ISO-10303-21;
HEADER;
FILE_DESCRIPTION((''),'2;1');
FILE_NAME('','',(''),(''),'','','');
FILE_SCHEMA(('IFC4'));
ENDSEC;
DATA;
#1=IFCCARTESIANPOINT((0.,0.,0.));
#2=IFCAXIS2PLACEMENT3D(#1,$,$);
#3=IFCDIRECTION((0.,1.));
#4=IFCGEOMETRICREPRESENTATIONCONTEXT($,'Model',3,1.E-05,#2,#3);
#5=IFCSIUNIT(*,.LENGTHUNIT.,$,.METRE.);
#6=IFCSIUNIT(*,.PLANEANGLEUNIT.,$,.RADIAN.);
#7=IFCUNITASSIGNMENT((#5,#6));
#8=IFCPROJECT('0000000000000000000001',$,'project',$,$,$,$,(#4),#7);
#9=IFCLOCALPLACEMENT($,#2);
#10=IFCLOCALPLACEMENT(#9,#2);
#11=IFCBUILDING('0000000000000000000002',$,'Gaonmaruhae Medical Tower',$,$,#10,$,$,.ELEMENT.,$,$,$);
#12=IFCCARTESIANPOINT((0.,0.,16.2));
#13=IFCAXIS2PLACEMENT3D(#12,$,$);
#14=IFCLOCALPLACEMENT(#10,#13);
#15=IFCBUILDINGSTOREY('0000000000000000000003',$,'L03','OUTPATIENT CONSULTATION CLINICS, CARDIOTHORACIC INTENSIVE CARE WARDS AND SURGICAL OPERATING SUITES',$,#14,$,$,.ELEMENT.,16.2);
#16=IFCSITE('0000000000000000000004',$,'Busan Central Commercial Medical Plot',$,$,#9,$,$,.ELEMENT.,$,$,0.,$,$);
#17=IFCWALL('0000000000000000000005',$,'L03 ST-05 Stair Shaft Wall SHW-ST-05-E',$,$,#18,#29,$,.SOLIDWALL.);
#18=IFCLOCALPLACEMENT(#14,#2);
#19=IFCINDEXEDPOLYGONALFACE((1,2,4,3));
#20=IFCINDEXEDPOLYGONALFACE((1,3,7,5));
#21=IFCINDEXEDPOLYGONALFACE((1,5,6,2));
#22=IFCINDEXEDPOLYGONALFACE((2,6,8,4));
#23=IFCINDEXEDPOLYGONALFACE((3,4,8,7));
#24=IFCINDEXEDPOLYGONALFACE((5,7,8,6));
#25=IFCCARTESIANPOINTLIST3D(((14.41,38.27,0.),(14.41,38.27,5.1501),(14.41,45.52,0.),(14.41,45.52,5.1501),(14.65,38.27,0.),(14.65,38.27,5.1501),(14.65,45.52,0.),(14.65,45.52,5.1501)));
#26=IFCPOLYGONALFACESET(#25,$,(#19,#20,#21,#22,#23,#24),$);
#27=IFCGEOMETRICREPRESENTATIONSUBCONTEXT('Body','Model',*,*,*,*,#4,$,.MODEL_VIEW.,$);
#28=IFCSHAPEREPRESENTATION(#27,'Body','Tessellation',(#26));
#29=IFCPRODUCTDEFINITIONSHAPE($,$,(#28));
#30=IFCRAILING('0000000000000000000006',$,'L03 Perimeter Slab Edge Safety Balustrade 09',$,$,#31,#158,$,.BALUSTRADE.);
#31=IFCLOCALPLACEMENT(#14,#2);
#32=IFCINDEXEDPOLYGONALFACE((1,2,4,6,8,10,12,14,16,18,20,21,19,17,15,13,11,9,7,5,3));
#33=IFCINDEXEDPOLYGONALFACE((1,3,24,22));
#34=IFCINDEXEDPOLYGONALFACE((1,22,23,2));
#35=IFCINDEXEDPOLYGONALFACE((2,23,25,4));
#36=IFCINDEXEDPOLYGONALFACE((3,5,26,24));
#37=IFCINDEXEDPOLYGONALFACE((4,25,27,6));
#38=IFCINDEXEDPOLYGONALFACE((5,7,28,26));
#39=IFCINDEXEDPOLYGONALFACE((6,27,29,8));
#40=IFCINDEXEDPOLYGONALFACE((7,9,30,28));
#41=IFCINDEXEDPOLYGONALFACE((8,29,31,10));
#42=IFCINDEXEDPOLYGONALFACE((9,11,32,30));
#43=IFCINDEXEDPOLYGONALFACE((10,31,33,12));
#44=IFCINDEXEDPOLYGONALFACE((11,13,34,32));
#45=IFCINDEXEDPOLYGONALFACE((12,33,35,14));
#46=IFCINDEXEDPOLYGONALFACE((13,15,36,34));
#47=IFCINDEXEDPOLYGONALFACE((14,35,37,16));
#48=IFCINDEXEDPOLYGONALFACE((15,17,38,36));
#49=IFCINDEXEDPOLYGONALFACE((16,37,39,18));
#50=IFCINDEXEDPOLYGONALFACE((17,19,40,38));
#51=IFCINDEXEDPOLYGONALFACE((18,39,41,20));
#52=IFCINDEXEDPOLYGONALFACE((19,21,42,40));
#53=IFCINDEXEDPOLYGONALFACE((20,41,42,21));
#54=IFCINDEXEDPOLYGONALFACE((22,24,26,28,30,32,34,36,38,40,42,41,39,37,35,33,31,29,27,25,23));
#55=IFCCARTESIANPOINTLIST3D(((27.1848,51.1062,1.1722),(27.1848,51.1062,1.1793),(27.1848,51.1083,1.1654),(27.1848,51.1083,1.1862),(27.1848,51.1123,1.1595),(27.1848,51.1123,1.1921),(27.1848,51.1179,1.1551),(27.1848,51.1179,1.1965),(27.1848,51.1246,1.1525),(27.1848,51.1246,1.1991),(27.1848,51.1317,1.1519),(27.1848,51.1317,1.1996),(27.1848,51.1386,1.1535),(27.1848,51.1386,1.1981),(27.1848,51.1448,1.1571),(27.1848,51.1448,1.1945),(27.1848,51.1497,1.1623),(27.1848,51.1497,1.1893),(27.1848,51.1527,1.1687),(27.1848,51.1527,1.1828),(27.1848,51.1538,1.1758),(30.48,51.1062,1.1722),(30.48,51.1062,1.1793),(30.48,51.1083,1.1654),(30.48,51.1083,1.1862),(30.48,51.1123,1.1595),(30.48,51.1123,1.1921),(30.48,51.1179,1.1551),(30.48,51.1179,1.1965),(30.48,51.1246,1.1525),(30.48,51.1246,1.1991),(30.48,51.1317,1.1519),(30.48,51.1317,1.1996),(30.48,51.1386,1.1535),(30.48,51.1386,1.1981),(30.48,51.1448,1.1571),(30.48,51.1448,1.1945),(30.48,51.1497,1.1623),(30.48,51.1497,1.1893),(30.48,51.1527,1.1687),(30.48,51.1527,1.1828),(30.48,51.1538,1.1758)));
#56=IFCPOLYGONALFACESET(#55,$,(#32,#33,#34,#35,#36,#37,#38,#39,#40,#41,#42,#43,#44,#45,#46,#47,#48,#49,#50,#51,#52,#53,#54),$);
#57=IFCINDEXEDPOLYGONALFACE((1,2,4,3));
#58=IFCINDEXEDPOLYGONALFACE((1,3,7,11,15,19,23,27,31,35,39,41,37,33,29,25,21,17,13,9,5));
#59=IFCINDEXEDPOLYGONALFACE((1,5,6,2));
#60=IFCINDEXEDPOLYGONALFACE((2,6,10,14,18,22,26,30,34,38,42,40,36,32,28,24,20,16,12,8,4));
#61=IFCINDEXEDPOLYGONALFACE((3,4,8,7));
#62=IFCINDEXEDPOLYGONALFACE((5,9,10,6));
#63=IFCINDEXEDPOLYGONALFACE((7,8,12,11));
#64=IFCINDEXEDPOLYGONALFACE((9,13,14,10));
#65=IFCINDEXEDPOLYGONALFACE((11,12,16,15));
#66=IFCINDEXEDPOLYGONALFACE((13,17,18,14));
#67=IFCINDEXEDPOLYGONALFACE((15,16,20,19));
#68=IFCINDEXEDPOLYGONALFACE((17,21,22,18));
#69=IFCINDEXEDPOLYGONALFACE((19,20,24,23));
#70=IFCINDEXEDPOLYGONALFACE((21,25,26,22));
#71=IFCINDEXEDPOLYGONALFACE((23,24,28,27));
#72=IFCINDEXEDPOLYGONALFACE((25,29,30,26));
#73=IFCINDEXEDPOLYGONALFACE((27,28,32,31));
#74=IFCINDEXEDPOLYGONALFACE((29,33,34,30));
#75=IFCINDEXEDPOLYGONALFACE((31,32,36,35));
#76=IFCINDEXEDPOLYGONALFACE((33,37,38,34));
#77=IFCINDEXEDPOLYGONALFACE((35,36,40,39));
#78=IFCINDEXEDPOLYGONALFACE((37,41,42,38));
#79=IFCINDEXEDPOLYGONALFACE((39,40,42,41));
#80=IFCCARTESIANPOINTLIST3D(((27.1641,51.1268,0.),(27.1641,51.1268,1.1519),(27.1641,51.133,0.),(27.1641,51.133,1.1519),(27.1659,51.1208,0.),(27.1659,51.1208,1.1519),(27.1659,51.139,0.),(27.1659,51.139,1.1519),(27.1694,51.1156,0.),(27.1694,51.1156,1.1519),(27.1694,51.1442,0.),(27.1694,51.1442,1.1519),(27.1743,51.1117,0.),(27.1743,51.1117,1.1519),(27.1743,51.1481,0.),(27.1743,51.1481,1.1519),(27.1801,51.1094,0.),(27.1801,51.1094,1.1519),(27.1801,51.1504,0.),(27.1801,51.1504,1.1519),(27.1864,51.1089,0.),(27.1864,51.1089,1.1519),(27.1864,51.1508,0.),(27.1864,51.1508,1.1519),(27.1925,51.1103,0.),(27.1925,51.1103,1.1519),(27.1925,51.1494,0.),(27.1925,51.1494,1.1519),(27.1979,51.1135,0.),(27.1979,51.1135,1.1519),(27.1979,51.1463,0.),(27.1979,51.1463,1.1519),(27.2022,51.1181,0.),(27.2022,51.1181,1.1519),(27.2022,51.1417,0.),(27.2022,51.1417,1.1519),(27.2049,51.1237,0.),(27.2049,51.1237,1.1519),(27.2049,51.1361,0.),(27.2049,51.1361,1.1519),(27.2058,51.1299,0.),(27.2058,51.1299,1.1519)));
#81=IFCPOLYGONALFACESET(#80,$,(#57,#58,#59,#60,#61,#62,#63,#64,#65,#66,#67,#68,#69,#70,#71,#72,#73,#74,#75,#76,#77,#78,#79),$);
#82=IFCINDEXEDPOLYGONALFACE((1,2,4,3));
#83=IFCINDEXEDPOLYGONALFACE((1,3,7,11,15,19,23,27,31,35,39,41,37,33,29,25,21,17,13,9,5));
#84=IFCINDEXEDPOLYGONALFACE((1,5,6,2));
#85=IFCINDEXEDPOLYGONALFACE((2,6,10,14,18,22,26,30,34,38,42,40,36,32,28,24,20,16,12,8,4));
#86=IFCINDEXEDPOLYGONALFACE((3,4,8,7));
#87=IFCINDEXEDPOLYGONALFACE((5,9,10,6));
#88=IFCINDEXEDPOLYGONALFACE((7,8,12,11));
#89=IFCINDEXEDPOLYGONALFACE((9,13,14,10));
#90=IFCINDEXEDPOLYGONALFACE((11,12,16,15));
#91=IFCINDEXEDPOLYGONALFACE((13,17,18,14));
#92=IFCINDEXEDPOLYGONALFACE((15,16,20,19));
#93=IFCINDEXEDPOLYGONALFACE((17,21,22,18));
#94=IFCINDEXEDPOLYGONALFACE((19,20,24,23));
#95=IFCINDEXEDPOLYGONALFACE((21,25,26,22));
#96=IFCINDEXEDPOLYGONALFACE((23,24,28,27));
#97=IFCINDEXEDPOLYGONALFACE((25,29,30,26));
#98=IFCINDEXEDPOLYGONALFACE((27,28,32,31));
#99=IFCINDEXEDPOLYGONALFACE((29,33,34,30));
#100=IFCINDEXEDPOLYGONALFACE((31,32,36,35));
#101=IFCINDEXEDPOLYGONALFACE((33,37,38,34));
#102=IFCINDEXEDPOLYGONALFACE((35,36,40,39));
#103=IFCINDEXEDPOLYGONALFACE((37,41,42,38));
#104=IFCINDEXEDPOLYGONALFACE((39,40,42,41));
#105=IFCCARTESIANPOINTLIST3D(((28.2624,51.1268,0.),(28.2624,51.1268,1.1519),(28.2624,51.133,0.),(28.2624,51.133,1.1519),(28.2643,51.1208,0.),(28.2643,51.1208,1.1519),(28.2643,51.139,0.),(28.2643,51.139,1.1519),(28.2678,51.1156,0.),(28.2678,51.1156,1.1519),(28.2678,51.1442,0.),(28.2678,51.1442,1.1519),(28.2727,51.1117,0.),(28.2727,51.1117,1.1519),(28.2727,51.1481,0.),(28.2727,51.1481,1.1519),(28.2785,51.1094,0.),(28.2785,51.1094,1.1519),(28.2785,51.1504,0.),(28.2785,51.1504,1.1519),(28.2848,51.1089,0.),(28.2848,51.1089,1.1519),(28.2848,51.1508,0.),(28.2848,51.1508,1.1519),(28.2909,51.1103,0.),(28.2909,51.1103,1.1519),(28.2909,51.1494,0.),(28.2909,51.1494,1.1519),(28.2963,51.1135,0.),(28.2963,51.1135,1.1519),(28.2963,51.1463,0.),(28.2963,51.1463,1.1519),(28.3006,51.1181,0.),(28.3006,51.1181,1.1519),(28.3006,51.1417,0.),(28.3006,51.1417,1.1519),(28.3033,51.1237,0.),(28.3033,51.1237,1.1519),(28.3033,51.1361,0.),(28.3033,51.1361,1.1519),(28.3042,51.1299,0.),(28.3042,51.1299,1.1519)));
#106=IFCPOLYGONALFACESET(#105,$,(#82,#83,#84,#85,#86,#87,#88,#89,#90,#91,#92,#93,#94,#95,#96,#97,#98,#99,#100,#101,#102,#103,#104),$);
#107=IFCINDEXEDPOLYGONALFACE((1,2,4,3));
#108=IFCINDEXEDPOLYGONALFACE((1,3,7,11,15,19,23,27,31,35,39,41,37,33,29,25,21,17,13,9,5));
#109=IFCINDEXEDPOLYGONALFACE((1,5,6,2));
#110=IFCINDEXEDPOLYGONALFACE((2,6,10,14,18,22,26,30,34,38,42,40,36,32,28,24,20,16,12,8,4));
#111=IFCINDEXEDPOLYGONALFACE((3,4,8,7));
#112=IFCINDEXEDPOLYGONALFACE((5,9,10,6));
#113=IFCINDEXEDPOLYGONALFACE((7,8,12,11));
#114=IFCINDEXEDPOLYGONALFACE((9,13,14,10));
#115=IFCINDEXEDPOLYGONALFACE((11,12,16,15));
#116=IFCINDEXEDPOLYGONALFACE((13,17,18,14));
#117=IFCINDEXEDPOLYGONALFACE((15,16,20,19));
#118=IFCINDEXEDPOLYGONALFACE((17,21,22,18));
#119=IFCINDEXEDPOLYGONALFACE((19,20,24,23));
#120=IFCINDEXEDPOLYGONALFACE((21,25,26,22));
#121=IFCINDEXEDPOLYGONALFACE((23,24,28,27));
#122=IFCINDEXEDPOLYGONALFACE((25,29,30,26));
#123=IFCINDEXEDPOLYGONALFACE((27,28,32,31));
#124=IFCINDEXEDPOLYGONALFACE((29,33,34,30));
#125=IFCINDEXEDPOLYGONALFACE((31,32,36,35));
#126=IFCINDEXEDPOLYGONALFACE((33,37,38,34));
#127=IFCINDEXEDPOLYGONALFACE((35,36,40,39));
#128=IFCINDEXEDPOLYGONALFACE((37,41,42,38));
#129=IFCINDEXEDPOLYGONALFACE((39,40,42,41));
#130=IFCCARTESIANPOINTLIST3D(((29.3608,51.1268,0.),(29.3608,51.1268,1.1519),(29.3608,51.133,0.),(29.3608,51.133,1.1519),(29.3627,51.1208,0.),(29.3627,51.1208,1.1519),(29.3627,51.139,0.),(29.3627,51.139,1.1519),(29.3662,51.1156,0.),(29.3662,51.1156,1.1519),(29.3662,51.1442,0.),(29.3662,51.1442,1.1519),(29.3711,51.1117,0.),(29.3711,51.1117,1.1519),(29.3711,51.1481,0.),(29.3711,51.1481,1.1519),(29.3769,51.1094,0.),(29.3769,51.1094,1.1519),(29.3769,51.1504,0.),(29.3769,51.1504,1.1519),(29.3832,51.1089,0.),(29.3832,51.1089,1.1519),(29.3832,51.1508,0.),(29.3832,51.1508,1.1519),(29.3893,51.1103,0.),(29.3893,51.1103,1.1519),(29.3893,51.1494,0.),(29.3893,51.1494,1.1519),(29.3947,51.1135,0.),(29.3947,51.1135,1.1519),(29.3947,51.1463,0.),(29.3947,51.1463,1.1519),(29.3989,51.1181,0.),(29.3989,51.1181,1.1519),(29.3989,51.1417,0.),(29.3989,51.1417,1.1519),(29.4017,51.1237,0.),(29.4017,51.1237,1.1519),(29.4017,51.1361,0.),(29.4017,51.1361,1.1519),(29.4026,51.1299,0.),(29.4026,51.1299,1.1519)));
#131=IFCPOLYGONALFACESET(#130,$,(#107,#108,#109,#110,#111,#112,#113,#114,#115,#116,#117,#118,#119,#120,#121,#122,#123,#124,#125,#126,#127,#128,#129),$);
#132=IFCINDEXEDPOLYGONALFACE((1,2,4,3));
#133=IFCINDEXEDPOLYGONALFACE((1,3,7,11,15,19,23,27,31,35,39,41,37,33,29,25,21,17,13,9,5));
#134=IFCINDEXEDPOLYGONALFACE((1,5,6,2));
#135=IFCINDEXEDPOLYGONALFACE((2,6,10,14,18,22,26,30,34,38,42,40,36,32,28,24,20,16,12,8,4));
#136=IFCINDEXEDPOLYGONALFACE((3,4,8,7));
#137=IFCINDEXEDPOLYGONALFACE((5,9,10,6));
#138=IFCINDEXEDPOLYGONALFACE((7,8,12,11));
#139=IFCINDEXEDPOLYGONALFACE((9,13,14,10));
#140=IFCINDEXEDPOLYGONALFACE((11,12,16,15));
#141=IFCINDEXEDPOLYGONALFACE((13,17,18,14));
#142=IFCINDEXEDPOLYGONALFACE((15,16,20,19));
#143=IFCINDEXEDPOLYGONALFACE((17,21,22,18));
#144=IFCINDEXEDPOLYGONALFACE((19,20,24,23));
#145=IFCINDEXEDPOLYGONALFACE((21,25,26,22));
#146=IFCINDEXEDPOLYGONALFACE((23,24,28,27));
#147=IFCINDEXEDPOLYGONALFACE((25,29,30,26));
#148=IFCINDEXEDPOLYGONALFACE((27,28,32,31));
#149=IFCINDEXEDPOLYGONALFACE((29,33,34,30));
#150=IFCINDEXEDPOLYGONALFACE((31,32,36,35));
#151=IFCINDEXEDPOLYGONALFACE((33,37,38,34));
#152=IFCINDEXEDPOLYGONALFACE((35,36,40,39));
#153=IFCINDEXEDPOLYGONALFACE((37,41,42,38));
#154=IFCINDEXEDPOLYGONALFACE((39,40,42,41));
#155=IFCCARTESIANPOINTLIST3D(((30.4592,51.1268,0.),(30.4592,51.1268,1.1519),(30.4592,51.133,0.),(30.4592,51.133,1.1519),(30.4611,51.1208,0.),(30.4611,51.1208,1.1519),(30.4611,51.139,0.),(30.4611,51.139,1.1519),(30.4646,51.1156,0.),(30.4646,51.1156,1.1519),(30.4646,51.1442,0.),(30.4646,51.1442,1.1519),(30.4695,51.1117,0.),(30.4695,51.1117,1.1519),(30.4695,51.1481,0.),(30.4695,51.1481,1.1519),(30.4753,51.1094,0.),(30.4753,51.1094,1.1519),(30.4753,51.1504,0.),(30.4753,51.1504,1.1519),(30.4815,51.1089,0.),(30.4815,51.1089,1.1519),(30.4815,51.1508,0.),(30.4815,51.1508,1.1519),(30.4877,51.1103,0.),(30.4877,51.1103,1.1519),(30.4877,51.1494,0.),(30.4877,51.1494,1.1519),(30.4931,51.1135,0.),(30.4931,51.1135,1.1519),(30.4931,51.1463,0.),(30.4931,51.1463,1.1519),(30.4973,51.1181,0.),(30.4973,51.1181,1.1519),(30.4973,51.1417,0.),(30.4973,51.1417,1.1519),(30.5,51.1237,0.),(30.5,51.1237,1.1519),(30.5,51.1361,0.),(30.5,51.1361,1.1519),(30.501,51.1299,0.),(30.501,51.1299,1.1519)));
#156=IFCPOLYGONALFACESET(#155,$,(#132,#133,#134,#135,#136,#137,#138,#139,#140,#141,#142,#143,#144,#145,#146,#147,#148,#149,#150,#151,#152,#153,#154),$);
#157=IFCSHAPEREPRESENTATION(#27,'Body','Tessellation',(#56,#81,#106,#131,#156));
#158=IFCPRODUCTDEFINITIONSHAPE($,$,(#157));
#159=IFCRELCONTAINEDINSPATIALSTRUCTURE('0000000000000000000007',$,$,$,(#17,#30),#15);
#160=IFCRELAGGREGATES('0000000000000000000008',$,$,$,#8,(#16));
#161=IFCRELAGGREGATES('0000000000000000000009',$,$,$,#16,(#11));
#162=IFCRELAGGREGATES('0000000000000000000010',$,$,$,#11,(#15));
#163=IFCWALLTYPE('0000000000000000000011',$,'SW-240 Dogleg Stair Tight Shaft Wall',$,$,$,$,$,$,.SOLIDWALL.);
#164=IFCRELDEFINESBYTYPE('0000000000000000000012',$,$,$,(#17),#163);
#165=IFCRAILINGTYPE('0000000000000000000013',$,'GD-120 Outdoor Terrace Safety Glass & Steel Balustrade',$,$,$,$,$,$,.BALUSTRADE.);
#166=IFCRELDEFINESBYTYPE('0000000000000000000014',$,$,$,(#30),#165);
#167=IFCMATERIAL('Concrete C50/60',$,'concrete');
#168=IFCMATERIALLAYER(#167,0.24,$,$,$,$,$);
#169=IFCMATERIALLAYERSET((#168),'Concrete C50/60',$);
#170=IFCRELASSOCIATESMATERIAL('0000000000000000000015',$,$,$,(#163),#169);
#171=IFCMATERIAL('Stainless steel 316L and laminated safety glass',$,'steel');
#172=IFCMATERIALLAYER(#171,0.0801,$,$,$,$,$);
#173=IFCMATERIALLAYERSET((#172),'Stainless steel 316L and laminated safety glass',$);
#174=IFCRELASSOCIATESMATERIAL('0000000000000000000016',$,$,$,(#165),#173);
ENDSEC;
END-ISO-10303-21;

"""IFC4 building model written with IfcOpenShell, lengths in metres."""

from ifc_helpers import new_model, si_unit, direction, frame, frame_2d, origin, origin_2d, place, context, subcontext, project, spatial, rectangle, circle, extrude, material, layer, layer_set, type_object, element, save


model = new_model("IFC4")

# Units and contexts
model_context = context("Model", 3, precision=1e-05, world=origin(), true_north=direction((0.0, 1.0)))
body_context = subcontext(model_context, "Body", "Model", "MODEL_VIEW")
ifc_project = project(units=[si_unit("LENGTHUNIT", "METRE"), si_unit("PLANEANGLEUNIT", "RADIAN")], contexts=[model_context])

# Site, building, storey
site_placement = place(None, origin())
site = spatial("IfcSite", under=ifc_project, at=site_placement, Name="Busan Central Commercial Medical Plot", CompositionType="ELEMENT", RefElevation=0.0)
building_placement = place(site_placement, origin())
building = spatial("IfcBuilding", under=site, at=building_placement, Name="Gaonmaruhae Medical Tower", CompositionType="ELEMENT")
storey_placement = place(building_placement, frame((0.0, 0.0, 16.2)))
storey = spatial("IfcBuildingStorey", under=building, at=storey_placement, Name="L03", Description="OUTPATIENT CONSULTATION CLINICS, CARDIOTHORACIC INTENSIVE CARE WARDS AND SURGICAL OPERATING SUITES", CompositionType="ELEMENT", Elevation=16.2)

# Shared definitions
ifc_material_1 = material(Name="Concrete C50/60", Category="concrete")

# Wall
ifc_layer_1 = layer(ifc_material_1, 0.24)
ifc_layer_set_1 = layer_set([ifc_layer_1], Name="Concrete C50/60")
wall_type_1 = type_object("IfcWallType", Name="SW-240 Dogleg Stair Tight Shaft Wall", PredefinedType="SOLIDWALL", material=ifc_layer_set_1)
wall_1_placement = place(storey_placement, frame((14.53, 45.52, 0.0), z_axis=(0.0, 0.0, 1.0), x_axis=(0.0, -1.0, 0.0)))
element("IfcWall", 1, at=wall_1_placement, inside=storey, type_object=wall_type_1, Name="L03 ST-05 Stair Shaft Wall SHW-ST-05-E", PredefinedType="SOLIDWALL", context=body_context, shape_type="SweptSolid", body=[
    extrude(rectangle(XDim=7.25, YDim=0.24, at=frame_2d((3.625, 0.0))), origin(), (0.0, 0.0, 1.0), 5.1501),
])

# Railing
ifc_material_2 = material(Name="Stainless steel 316L and laminated safety glass", Category="steel")
ifc_layer_2 = layer(ifc_material_2, 0.0801)
ifc_layer_set_2 = layer_set([ifc_layer_2], Name="Stainless steel 316L and laminated safety glass")
railing_type = type_object("IfcRailingType", Name="GD-120 Outdoor Terrace Safety Glass & Steel Balustrade", PredefinedType="BALUSTRADE", material=ifc_layer_set_2)
railing_1_placement = place(storey_placement, frame((27.1848, 51.1299, 0.0)))
element("IfcRailing", 2, at=railing_1_placement, inside=storey, type_object=railing_type, Name="L03 Perimeter Slab Edge Safety Balustrade 09", PredefinedType="BALUSTRADE", context=body_context, shape_type="SweptSolid", body=[
    extrude(circle(Radius=0.0239, at=origin_2d()), frame((0.0, 0.0, 1.1758), z_axis=(1.0, 0.0, 0.0), x_axis=(0.0, 1.0, 0.0)), (0.0, 0.0, 1.0), 3.2952),
    extrude(circle(Radius=0.021, at=origin_2d()), origin(), (0.0, 0.0, 1.0), 1.1519),
    extrude(circle(Radius=0.021, at=origin_2d()), frame((1.0984, 0.0, 0.0)), (0.0, 0.0, 1.0), 1.1519),
    extrude(circle(Radius=0.021, at=origin_2d()), frame((2.1968, 0.0, 0.0)), (0.0, 0.0, 1.0), 1.1519),
    extrude(circle(Radius=0.021, at=origin_2d()), frame((3.2952, 0.0, 0.0)), (0.0, 0.0, 1.0), 1.1519),
])

save(model, "model.ifc")
